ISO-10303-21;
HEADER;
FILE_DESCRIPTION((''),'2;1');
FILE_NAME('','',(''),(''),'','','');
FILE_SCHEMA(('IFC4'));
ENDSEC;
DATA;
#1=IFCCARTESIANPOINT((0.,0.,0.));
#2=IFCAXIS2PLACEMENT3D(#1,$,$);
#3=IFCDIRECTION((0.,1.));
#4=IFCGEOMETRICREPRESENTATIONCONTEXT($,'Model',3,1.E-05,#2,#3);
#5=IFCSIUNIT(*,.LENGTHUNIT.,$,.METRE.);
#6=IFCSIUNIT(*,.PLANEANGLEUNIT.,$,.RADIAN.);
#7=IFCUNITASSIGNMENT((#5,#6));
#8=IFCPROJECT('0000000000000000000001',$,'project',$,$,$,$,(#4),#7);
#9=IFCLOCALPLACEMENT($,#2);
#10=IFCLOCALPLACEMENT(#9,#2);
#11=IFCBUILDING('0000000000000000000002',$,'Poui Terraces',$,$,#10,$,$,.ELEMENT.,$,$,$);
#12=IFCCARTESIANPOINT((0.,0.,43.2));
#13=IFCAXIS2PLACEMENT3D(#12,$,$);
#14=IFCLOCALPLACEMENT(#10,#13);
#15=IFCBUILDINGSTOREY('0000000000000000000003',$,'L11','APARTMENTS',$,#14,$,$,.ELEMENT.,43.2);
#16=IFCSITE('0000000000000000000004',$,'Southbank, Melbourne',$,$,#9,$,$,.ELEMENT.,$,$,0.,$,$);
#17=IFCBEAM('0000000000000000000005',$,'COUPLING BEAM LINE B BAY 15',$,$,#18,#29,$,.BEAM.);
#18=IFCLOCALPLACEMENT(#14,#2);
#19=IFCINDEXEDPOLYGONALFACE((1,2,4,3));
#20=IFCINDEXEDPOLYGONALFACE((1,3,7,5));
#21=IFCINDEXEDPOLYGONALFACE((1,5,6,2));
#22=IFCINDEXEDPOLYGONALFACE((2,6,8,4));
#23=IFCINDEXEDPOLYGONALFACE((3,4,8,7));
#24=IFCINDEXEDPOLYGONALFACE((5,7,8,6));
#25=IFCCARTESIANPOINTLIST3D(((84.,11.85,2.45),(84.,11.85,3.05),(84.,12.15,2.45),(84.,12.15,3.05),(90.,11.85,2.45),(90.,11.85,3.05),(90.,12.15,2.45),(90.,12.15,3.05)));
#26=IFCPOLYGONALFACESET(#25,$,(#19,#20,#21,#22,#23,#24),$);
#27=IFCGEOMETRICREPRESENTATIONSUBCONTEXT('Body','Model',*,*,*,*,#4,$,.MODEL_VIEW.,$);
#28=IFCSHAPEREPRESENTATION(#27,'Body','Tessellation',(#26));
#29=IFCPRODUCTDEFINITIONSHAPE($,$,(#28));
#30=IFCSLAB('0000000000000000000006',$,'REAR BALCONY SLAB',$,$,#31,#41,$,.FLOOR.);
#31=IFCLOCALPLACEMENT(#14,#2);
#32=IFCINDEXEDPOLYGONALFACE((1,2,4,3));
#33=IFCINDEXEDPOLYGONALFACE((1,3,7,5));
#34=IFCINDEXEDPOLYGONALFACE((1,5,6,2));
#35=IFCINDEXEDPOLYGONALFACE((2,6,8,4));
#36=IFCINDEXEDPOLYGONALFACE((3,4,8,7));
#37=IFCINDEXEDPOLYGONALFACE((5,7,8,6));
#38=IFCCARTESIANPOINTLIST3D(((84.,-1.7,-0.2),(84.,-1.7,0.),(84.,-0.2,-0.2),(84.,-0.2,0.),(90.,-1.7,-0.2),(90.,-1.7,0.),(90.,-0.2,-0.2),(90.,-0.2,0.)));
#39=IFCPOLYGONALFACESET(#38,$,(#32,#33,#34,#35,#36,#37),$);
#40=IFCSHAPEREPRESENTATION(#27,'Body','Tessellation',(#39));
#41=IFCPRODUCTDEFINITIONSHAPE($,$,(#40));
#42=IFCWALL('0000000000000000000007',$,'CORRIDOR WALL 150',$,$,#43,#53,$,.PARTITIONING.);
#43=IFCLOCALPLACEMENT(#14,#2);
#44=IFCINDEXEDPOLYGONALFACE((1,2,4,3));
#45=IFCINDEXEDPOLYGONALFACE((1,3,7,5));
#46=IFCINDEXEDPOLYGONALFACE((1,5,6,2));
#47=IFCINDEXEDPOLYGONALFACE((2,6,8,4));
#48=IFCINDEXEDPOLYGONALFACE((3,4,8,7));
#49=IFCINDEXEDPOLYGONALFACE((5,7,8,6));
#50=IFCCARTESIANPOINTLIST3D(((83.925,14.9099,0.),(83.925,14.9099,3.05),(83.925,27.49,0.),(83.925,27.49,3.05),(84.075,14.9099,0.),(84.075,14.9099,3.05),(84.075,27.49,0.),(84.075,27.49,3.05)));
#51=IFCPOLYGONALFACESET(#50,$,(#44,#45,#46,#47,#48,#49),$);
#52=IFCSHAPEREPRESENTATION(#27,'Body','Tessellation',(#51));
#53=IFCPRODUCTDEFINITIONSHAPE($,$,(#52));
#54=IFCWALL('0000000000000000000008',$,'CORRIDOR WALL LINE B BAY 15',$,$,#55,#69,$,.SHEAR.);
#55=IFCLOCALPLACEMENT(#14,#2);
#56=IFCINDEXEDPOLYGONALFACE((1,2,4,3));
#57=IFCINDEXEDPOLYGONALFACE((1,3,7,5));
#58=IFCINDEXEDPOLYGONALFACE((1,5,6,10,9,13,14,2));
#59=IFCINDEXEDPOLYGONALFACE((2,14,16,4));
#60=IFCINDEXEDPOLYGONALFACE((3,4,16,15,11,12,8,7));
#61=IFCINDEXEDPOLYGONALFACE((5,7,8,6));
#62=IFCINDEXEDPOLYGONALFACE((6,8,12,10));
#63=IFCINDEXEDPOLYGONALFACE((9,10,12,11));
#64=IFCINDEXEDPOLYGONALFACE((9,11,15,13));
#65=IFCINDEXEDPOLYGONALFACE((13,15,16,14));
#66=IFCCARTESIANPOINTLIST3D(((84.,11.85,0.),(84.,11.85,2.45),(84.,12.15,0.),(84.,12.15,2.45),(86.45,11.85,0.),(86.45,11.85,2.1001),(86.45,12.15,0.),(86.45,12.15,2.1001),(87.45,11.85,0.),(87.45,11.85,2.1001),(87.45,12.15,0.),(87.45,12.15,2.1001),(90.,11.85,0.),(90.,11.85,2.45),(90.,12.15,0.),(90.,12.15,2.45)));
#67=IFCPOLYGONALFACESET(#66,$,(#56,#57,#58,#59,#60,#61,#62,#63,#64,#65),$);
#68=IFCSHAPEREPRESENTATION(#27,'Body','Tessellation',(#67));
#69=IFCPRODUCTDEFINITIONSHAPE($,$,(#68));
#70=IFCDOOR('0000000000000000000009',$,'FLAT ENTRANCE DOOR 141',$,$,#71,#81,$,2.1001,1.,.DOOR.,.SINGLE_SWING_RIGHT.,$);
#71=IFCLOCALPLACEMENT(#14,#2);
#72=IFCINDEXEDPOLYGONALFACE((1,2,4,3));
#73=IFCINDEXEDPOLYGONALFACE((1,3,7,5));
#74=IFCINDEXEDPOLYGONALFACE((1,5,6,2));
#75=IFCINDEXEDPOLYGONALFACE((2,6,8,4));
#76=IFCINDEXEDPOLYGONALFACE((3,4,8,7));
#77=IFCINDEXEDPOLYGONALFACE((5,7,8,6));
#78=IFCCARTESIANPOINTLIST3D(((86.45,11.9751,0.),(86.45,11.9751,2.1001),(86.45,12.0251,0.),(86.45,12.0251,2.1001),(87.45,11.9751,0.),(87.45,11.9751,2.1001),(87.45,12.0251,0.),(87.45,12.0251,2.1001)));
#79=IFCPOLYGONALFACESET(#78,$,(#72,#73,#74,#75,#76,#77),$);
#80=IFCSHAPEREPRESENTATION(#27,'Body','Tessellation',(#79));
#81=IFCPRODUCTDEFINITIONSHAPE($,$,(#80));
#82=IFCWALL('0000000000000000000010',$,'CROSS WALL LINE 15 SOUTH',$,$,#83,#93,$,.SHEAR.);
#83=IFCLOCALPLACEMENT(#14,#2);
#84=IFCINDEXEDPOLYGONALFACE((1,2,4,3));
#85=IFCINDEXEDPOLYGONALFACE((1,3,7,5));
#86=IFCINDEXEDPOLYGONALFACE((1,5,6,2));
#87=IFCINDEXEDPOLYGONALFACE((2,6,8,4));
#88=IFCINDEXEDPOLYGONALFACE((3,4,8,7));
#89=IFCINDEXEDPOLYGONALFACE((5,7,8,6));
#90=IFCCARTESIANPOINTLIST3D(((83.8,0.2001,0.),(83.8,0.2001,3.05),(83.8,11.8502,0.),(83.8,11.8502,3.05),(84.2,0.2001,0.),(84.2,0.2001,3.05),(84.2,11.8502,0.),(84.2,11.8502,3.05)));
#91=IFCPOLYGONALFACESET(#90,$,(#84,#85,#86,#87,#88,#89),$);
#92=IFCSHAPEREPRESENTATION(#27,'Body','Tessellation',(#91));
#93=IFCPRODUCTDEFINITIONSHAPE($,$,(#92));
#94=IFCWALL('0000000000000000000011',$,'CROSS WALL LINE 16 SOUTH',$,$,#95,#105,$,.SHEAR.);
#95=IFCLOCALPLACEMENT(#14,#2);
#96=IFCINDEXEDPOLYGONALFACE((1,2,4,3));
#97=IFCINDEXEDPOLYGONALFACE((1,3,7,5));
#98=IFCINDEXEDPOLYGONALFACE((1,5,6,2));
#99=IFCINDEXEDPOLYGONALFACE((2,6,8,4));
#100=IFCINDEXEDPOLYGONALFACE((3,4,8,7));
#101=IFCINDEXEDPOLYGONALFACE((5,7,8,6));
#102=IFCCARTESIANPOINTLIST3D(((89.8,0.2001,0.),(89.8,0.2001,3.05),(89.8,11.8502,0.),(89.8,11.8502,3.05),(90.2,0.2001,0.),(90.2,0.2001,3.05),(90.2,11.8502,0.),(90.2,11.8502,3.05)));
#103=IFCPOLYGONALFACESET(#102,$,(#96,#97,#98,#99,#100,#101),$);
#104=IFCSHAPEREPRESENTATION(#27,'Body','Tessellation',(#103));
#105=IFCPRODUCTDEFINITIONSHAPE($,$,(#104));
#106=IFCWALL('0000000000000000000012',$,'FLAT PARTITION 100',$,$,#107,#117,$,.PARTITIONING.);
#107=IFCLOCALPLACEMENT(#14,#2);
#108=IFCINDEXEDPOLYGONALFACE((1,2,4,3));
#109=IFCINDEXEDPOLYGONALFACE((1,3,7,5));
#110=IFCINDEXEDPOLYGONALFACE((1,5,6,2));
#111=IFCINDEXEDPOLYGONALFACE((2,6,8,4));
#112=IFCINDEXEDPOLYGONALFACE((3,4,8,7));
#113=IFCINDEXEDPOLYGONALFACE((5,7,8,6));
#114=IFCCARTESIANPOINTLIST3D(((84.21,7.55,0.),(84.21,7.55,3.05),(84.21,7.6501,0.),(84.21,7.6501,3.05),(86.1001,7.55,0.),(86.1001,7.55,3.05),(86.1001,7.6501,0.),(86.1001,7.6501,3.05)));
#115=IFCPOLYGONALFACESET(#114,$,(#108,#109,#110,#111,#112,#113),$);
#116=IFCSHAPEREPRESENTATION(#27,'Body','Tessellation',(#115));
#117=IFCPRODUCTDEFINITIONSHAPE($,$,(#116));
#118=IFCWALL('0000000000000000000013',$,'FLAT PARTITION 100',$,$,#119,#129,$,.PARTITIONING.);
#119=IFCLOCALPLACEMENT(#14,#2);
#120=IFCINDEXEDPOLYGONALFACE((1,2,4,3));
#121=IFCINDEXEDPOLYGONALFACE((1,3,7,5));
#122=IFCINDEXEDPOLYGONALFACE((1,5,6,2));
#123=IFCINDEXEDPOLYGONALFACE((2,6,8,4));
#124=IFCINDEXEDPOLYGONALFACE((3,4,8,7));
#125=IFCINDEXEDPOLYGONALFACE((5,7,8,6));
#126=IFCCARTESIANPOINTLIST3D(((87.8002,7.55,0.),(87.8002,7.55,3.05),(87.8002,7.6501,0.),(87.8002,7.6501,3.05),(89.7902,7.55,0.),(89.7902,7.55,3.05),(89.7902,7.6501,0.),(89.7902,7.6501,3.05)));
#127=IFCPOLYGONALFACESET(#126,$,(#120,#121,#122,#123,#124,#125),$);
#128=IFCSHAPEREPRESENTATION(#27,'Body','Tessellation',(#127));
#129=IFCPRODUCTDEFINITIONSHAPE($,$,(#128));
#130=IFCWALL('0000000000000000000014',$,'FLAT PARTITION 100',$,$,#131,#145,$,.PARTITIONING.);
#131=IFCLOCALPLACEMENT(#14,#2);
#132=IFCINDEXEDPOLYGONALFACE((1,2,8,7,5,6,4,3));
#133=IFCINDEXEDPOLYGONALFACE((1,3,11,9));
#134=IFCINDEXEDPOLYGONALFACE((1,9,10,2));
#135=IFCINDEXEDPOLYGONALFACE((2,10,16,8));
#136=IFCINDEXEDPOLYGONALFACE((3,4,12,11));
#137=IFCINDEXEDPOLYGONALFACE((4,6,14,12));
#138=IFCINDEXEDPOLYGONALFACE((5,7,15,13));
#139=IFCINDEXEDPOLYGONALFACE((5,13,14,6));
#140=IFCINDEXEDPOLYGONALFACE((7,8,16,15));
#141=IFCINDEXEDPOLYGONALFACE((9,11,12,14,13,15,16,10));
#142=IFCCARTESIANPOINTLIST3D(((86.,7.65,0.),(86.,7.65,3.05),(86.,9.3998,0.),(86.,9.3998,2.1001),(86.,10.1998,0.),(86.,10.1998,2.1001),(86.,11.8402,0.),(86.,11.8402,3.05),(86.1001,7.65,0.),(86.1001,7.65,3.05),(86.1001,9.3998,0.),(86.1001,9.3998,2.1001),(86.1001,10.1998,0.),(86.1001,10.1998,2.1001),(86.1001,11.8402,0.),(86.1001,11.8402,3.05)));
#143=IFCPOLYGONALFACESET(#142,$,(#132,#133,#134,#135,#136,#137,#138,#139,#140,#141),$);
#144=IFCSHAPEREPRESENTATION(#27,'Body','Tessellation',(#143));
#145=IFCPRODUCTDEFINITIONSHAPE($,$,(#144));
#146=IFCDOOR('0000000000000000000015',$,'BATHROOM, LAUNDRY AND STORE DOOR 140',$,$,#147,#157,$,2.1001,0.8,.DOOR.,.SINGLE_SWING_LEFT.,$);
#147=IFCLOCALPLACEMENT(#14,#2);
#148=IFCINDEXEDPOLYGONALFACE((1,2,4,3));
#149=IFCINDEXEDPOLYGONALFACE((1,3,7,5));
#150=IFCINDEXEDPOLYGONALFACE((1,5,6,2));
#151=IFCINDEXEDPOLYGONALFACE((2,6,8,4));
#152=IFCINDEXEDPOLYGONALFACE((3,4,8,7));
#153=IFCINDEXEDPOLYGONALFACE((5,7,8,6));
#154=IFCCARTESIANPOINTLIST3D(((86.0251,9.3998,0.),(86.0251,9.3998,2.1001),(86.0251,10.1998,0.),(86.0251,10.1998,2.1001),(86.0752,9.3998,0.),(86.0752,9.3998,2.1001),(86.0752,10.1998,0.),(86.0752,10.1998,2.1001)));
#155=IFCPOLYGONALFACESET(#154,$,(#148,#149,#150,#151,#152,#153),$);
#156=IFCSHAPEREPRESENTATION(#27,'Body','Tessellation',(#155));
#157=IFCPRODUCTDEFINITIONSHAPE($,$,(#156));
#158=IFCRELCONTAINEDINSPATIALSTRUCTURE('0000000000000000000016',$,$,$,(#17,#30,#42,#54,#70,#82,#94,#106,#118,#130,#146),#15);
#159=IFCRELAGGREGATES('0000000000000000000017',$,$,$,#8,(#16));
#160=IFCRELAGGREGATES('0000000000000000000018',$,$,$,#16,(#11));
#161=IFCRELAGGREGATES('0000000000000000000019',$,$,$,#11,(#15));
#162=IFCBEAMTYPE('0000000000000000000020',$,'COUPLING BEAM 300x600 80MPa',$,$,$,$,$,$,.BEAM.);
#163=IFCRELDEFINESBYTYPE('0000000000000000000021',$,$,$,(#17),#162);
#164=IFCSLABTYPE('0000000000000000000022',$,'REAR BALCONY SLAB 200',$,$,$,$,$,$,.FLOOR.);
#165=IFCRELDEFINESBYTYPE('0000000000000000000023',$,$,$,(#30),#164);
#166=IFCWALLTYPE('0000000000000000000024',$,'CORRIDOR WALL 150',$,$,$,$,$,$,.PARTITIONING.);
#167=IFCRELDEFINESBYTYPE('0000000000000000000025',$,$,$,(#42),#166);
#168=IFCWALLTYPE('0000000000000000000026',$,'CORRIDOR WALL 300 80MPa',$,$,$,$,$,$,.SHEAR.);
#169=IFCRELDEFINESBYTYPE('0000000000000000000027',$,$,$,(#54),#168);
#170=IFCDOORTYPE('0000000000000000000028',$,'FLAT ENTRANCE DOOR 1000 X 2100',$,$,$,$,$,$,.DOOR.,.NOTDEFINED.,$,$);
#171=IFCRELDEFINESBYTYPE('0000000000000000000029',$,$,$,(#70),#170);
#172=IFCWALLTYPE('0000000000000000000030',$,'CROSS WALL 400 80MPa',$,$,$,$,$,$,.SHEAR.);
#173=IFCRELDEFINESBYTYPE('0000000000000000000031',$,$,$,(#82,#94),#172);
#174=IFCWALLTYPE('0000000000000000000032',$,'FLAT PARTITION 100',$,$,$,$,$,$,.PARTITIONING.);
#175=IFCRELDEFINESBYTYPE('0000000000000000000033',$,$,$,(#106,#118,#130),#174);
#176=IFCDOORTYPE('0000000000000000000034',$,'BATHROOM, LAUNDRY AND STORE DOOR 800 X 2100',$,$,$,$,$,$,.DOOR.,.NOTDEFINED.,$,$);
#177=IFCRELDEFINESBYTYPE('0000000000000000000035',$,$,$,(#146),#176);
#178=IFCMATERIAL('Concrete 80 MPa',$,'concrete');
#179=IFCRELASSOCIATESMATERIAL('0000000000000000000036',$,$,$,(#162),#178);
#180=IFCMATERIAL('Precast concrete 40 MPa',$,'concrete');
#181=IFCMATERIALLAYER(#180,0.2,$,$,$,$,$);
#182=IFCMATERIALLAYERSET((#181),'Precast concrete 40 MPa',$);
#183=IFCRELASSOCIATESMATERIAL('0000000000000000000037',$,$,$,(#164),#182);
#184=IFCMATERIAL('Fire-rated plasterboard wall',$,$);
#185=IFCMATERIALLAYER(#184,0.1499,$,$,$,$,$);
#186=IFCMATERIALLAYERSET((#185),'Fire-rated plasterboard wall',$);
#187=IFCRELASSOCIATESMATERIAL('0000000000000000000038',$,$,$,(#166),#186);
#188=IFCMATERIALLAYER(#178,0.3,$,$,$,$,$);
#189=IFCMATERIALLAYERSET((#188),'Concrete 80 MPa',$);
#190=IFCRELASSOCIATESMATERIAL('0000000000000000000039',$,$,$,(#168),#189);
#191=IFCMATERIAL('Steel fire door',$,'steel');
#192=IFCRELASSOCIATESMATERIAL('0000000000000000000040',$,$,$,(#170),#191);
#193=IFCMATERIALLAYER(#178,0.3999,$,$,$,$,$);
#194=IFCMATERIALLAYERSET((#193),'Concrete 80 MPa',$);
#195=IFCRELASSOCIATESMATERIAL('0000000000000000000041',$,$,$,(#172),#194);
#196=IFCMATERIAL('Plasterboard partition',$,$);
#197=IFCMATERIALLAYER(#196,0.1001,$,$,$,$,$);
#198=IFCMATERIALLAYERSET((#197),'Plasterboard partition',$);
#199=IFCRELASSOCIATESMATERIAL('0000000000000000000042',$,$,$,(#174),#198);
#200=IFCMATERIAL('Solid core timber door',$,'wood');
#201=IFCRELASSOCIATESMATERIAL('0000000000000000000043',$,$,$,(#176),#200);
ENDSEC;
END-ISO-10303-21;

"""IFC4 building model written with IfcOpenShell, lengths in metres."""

from ifc_helpers import new_model, si_unit, direction, frame, frame_2d, origin, origin_2d, place, context, subcontext, project, spatial, polyline, rectangle, outline, extrude, source, transform, mapped, material, layer, layer_set, material_profile, profile_set, type_object, element, fill, save


model = new_model("IFC4")

# Units and contexts
model_context = context("Model", 3, precision=1e-05, world=origin(), true_north=direction((0.0, 1.0)))
body_context = subcontext(model_context, "Body", "Model", "MODEL_VIEW")
ifc_project = project(units=[si_unit("LENGTHUNIT", "METRE"), si_unit("PLANEANGLEUNIT", "RADIAN")], contexts=[model_context])

# Site, building, storey
site_placement = place(None, origin())
site = spatial("IfcSite", under=ifc_project, at=site_placement, Name="Southbank, Melbourne", CompositionType="ELEMENT", RefElevation=0.0)
building_placement = place(site_placement, origin())
building = spatial("IfcBuilding", under=site, at=building_placement, Name="Poui Terraces", CompositionType="ELEMENT")
storey_placement = place(building_placement, frame((0.0, 0.0, 43.2)))
storey = spatial("IfcBuildingStorey", under=building, at=storey_placement, Name="L11", Description="APARTMENTS", CompositionType="ELEMENT", Elevation=43.2)

# Beam
ifc_material_1 = material(Name="Concrete 80 MPa", Category="concrete")
ifc_material_profile_1 = material_profile(ifc_material_1, rectangle(XDim=0.3, YDim=0.6001, at=origin_2d()), Name="RC 300x600")
ifc_profile_set_1 = profile_set([ifc_material_profile_1], Name="Concrete 80 MPa")
beam_type = type_object("IfcBeamType", Name="COUPLING BEAM 300x600 80MPa", PredefinedType="BEAM", material=ifc_profile_set_1)
shared_shape_1 = source(origin(), body_context, "Body", "SweptSolid", [
    extrude(rectangle(XDim=0.3, YDim=0.6001, at=origin_2d()), origin(), (0.0, 0.0, 1.0), 6.0),
])
beam_placement = place(storey_placement, frame((84.0, 12.0, 2.75), z_axis=(1.0, 0.0, 0.0), x_axis=(0.0, 1.0, 0.0)))
element("IfcBeam", 1, at=beam_placement, inside=storey, type_object=beam_type, Name="COUPLING BEAM LINE B BAY 15", PredefinedType="BEAM", context=body_context, shape_type="MappedRepresentation", body=[
    mapped(shared_shape_1, transform((0.0, 0.0, 0.0))),
])

# Slab
ifc_material_2 = material(Name="Precast concrete 40 MPa", Category="concrete")
ifc_layer_1 = layer(ifc_material_2, 0.2)
ifc_layer_set_1 = layer_set([ifc_layer_1], Name="Precast concrete 40 MPa")
slab_type = type_object("IfcSlabType", Name="REAR BALCONY SLAB 200", PredefinedType="FLOOR", material=ifc_layer_set_1)
shared_shape_2 = source(origin(), body_context, "Body", "SweptSolid", [
    extrude(outline(polyline([(0.0, 0.0), (6.0, 0.0), (6.0, 1.5), (0.0, 1.5), (0.0, 0.0)])), origin(), (0.0, 0.0, 1.0), 0.2),
])
slab_placement = place(storey_placement, frame((84.0, -1.7, -0.2)))
element("IfcSlab", 2, at=slab_placement, inside=storey, type_object=slab_type, Name="REAR BALCONY SLAB", PredefinedType="FLOOR", context=body_context, shape_type="MappedRepresentation", body=[
    mapped(shared_shape_2, transform((0.0, 0.0, 0.0))),
])

# Wall
ifc_material_3 = material(Name="Fire-rated plasterboard wall")
ifc_layer_2 = layer(ifc_material_3, 0.1499)
ifc_layer_set_2 = layer_set([ifc_layer_2], Name="Fire-rated plasterboard wall")
wall_type_1 = type_object("IfcWallType", Name="CORRIDOR WALL 150", PredefinedType="PARTITIONING", material=ifc_layer_set_2)
wall_1_placement = place(storey_placement, frame((84.0, 14.9099, 0.0), z_axis=(0.0, 0.0, 1.0), x_axis=(0.0, 1.0, 0.0)))
element("IfcWall", 3, at=wall_1_placement, inside=storey, type_object=wall_type_1, Name="CORRIDOR WALL 150", PredefinedType="PARTITIONING", context=body_context, shape_type="SweptSolid", body=[
    extrude(rectangle(XDim=12.5801, YDim=0.1499, at=frame_2d((6.29, 0.0))), origin(), (0.0, 0.0, 1.0), 3.05),
])

# Wall, opening, door
ifc_layer_3 = layer(ifc_material_1, 0.3)
ifc_layer_set_3 = layer_set([ifc_layer_3], Name="Concrete 80 MPa")
wall_type_2 = type_object("IfcWallType", Name="CORRIDOR WALL 300 80MPa", PredefinedType="SHEAR", material=ifc_layer_set_3)
wall_2_placement = place(storey_placement, frame((84.0, 12.0, 0.0), z_axis=(0.0, 0.0, 1.0), x_axis=(1.0, 0.0, 0.0)))
wall_2 = element("IfcWall", 4, at=wall_2_placement, inside=storey, type_object=wall_type_2, Name="CORRIDOR WALL LINE B BAY 15", PredefinedType="SHEAR", context=body_context, shape_type="SweptSolid", body=[
    extrude(rectangle(XDim=6.0, YDim=0.3, at=frame_2d((3.0, 0.0))), origin(), (0.0, 0.0, 1.0), 2.45),
])
opening_1_placement = place(wall_2_placement, frame((2.45, 0.0, 0.0)))
opening_1 = element("IfcOpeningElement", 5, at=opening_1_placement, cuts=wall_2, PredefinedType="OPENING", context=body_context, shape_type="SweptSolid", body=[
    extrude(rectangle(XDim=1.0, YDim=2.1001, at=frame_2d((0.5, 1.05))), frame((0.0, 0.1602, 0.0), z_axis=(0.0, -1.0, 0.0), x_axis=(1.0, 0.0, 0.0)), (0.0, 0.0, 1.0), 0.3201),
])
ifc_material_4 = material(Name="Steel fire door", Category="steel")
door_type_1 = type_object("IfcDoorType", Name="FLAT ENTRANCE DOOR 1000 X 2100", OperationType="NOTDEFINED", PredefinedType="DOOR", material=ifc_material_4)
door_1_placement = place(opening_1_placement, frame((1.0, 0.0, 0.0), z_axis=(0.0, 0.0, 1.0), x_axis=(-1.0, 0.0, 0.0)))
door_1 = element("IfcDoor", 6, at=door_1_placement, inside=storey, type_object=door_type_1, Name="FLAT ENTRANCE DOOR 141", OperationType="SINGLE_SWING_RIGHT", OverallHeight=2.1001, OverallWidth=1.0, PredefinedType="DOOR", context=body_context, shape_type="SweptSolid", body=[
    extrude(rectangle(XDim=1.0, YDim=2.1001, at=frame_2d((0.5, 1.05))), frame((0.0, 0.0249, 0.0), z_axis=(0.0, -1.0, 0.0), x_axis=(1.0, 0.0, 0.0)), (0.0, 0.0, 1.0), 0.05),
])
fill(opening_1, door_1)

# Walls
ifc_layer_4 = layer(ifc_material_1, 0.3999)
ifc_layer_set_4 = layer_set([ifc_layer_4], Name="Concrete 80 MPa")
wall_type_3 = type_object("IfcWallType", Name="CROSS WALL 400 80MPa", PredefinedType="SHEAR", material=ifc_layer_set_4)
for number, where, z_axis, x_axis, name in (
    (7, (84.0, 0.2, 0.0), (0.0, 0.0, 1.0), (0.0, 1.0, 0.0), "CROSS WALL LINE 15 SOUTH"),
    (8, (90.0, 0.2, 0.0), (0.0, 0.0, 1.0), (0.0, 1.0, 0.0), "CROSS WALL LINE 16 SOUTH"),
):
    element("IfcWall", number, at=place(storey_placement, frame(where, z_axis=z_axis, x_axis=x_axis)), inside=storey, type_object=wall_type_3, Name=name, PredefinedType="SHEAR", context=body_context, shape_type="SweptSolid", body=[
        extrude(rectangle(XDim=11.6501, YDim=0.3999, at=frame_2d((5.8252, 0.0))), origin(), (0.0, 0.0, 1.0), 3.05),
    ])
ifc_material_5 = material(Name="Plasterboard partition")
ifc_layer_5 = layer(ifc_material_5, 0.1001)
ifc_layer_set_5 = layer_set([ifc_layer_5], Name="Plasterboard partition")
wall_type_4 = type_object("IfcWallType", Name="FLAT PARTITION 100", PredefinedType="PARTITIONING", material=ifc_layer_set_5)
wall_3_placement = place(storey_placement, frame((84.21, 7.6001, 0.0), z_axis=(0.0, 0.0, 1.0), x_axis=(1.0, 0.0, 0.0)))
element("IfcWall", 9, at=wall_3_placement, inside=storey, type_object=wall_type_4, Name="FLAT PARTITION 100", PredefinedType="PARTITIONING", context=body_context, shape_type="SweptSolid", body=[
    extrude(rectangle(XDim=1.8901, YDim=0.1001, at=frame_2d((0.9451, 0.0))), origin(), (0.0, 0.0, 1.0), 3.05),
])
wall_4_placement = place(storey_placement, frame((87.8, 7.6001, 0.0), z_axis=(0.0, 0.0, 1.0), x_axis=(1.0, 0.0, 0.0)))
element("IfcWall", 10, at=wall_4_placement, inside=storey, type_object=wall_type_4, Name="FLAT PARTITION 100", PredefinedType="PARTITIONING", context=body_context, shape_type="SweptSolid", body=[
    extrude(rectangle(XDim=1.99, YDim=0.1001, at=frame_2d((0.9951, 0.0))), origin(), (0.0, 0.0, 1.0), 3.05),
])

# Wall, opening, door
wall_5_placement = place(storey_placement, frame((86.05, 7.6499, 0.0), z_axis=(0.0, 0.0, 1.0), x_axis=(0.0, 1.0, 0.0)))
wall_5 = element("IfcWall", 11, at=wall_5_placement, inside=storey, type_object=wall_type_4, Name="FLAT PARTITION 100", PredefinedType="PARTITIONING", context=body_context, shape_type="SweptSolid", body=[
    extrude(rectangle(XDim=4.1902, YDim=0.1001, at=frame_2d((2.0952, 0.0))), origin(), (0.0, 0.0, 1.0), 3.05),
])
opening_2_placement = place(wall_5_placement, frame((1.75, 0.0, 0.0)))
opening_2 = element("IfcOpeningElement", 12, at=opening_2_placement, cuts=wall_5, PredefinedType="OPENING", context=body_context, shape_type="SweptSolid", body=[
    extrude(rectangle(XDim=0.8, YDim=2.1001, at=frame_2d((0.3999, 1.05))), frame((0.0, 0.0601, 0.0), z_axis=(0.0, -1.0, 0.0), x_axis=(1.0, 0.0, 0.0)), (0.0, 0.0, 1.0), 0.1201),
])
ifc_material_6 = material(Name="Solid core timber door", Category="wood")
door_type_2 = type_object("IfcDoorType", Name="BATHROOM, LAUNDRY AND STORE DOOR 800 X 2100", OperationType="NOTDEFINED", PredefinedType="DOOR", material=ifc_material_6)
door_2_placement = place(opening_2_placement, origin())
door_2 = element("IfcDoor", 13, at=door_2_placement, inside=storey, type_object=door_type_2, Name="BATHROOM, LAUNDRY AND STORE DOOR 140", OperationType="SINGLE_SWING_LEFT", OverallHeight=2.1001, OverallWidth=0.8, PredefinedType="DOOR", context=body_context, shape_type="SweptSolid", body=[
    extrude(rectangle(XDim=0.8, YDim=2.1001, at=frame_2d((0.3999, 1.05))), frame((0.0, 0.0249, 0.0), z_axis=(0.0, -1.0, 0.0), x_axis=(1.0, 0.0, 0.0)), (0.0, 0.0, 1.0), 0.05),
])
fill(opening_2, door_2)

save(model, "model.ifc")
